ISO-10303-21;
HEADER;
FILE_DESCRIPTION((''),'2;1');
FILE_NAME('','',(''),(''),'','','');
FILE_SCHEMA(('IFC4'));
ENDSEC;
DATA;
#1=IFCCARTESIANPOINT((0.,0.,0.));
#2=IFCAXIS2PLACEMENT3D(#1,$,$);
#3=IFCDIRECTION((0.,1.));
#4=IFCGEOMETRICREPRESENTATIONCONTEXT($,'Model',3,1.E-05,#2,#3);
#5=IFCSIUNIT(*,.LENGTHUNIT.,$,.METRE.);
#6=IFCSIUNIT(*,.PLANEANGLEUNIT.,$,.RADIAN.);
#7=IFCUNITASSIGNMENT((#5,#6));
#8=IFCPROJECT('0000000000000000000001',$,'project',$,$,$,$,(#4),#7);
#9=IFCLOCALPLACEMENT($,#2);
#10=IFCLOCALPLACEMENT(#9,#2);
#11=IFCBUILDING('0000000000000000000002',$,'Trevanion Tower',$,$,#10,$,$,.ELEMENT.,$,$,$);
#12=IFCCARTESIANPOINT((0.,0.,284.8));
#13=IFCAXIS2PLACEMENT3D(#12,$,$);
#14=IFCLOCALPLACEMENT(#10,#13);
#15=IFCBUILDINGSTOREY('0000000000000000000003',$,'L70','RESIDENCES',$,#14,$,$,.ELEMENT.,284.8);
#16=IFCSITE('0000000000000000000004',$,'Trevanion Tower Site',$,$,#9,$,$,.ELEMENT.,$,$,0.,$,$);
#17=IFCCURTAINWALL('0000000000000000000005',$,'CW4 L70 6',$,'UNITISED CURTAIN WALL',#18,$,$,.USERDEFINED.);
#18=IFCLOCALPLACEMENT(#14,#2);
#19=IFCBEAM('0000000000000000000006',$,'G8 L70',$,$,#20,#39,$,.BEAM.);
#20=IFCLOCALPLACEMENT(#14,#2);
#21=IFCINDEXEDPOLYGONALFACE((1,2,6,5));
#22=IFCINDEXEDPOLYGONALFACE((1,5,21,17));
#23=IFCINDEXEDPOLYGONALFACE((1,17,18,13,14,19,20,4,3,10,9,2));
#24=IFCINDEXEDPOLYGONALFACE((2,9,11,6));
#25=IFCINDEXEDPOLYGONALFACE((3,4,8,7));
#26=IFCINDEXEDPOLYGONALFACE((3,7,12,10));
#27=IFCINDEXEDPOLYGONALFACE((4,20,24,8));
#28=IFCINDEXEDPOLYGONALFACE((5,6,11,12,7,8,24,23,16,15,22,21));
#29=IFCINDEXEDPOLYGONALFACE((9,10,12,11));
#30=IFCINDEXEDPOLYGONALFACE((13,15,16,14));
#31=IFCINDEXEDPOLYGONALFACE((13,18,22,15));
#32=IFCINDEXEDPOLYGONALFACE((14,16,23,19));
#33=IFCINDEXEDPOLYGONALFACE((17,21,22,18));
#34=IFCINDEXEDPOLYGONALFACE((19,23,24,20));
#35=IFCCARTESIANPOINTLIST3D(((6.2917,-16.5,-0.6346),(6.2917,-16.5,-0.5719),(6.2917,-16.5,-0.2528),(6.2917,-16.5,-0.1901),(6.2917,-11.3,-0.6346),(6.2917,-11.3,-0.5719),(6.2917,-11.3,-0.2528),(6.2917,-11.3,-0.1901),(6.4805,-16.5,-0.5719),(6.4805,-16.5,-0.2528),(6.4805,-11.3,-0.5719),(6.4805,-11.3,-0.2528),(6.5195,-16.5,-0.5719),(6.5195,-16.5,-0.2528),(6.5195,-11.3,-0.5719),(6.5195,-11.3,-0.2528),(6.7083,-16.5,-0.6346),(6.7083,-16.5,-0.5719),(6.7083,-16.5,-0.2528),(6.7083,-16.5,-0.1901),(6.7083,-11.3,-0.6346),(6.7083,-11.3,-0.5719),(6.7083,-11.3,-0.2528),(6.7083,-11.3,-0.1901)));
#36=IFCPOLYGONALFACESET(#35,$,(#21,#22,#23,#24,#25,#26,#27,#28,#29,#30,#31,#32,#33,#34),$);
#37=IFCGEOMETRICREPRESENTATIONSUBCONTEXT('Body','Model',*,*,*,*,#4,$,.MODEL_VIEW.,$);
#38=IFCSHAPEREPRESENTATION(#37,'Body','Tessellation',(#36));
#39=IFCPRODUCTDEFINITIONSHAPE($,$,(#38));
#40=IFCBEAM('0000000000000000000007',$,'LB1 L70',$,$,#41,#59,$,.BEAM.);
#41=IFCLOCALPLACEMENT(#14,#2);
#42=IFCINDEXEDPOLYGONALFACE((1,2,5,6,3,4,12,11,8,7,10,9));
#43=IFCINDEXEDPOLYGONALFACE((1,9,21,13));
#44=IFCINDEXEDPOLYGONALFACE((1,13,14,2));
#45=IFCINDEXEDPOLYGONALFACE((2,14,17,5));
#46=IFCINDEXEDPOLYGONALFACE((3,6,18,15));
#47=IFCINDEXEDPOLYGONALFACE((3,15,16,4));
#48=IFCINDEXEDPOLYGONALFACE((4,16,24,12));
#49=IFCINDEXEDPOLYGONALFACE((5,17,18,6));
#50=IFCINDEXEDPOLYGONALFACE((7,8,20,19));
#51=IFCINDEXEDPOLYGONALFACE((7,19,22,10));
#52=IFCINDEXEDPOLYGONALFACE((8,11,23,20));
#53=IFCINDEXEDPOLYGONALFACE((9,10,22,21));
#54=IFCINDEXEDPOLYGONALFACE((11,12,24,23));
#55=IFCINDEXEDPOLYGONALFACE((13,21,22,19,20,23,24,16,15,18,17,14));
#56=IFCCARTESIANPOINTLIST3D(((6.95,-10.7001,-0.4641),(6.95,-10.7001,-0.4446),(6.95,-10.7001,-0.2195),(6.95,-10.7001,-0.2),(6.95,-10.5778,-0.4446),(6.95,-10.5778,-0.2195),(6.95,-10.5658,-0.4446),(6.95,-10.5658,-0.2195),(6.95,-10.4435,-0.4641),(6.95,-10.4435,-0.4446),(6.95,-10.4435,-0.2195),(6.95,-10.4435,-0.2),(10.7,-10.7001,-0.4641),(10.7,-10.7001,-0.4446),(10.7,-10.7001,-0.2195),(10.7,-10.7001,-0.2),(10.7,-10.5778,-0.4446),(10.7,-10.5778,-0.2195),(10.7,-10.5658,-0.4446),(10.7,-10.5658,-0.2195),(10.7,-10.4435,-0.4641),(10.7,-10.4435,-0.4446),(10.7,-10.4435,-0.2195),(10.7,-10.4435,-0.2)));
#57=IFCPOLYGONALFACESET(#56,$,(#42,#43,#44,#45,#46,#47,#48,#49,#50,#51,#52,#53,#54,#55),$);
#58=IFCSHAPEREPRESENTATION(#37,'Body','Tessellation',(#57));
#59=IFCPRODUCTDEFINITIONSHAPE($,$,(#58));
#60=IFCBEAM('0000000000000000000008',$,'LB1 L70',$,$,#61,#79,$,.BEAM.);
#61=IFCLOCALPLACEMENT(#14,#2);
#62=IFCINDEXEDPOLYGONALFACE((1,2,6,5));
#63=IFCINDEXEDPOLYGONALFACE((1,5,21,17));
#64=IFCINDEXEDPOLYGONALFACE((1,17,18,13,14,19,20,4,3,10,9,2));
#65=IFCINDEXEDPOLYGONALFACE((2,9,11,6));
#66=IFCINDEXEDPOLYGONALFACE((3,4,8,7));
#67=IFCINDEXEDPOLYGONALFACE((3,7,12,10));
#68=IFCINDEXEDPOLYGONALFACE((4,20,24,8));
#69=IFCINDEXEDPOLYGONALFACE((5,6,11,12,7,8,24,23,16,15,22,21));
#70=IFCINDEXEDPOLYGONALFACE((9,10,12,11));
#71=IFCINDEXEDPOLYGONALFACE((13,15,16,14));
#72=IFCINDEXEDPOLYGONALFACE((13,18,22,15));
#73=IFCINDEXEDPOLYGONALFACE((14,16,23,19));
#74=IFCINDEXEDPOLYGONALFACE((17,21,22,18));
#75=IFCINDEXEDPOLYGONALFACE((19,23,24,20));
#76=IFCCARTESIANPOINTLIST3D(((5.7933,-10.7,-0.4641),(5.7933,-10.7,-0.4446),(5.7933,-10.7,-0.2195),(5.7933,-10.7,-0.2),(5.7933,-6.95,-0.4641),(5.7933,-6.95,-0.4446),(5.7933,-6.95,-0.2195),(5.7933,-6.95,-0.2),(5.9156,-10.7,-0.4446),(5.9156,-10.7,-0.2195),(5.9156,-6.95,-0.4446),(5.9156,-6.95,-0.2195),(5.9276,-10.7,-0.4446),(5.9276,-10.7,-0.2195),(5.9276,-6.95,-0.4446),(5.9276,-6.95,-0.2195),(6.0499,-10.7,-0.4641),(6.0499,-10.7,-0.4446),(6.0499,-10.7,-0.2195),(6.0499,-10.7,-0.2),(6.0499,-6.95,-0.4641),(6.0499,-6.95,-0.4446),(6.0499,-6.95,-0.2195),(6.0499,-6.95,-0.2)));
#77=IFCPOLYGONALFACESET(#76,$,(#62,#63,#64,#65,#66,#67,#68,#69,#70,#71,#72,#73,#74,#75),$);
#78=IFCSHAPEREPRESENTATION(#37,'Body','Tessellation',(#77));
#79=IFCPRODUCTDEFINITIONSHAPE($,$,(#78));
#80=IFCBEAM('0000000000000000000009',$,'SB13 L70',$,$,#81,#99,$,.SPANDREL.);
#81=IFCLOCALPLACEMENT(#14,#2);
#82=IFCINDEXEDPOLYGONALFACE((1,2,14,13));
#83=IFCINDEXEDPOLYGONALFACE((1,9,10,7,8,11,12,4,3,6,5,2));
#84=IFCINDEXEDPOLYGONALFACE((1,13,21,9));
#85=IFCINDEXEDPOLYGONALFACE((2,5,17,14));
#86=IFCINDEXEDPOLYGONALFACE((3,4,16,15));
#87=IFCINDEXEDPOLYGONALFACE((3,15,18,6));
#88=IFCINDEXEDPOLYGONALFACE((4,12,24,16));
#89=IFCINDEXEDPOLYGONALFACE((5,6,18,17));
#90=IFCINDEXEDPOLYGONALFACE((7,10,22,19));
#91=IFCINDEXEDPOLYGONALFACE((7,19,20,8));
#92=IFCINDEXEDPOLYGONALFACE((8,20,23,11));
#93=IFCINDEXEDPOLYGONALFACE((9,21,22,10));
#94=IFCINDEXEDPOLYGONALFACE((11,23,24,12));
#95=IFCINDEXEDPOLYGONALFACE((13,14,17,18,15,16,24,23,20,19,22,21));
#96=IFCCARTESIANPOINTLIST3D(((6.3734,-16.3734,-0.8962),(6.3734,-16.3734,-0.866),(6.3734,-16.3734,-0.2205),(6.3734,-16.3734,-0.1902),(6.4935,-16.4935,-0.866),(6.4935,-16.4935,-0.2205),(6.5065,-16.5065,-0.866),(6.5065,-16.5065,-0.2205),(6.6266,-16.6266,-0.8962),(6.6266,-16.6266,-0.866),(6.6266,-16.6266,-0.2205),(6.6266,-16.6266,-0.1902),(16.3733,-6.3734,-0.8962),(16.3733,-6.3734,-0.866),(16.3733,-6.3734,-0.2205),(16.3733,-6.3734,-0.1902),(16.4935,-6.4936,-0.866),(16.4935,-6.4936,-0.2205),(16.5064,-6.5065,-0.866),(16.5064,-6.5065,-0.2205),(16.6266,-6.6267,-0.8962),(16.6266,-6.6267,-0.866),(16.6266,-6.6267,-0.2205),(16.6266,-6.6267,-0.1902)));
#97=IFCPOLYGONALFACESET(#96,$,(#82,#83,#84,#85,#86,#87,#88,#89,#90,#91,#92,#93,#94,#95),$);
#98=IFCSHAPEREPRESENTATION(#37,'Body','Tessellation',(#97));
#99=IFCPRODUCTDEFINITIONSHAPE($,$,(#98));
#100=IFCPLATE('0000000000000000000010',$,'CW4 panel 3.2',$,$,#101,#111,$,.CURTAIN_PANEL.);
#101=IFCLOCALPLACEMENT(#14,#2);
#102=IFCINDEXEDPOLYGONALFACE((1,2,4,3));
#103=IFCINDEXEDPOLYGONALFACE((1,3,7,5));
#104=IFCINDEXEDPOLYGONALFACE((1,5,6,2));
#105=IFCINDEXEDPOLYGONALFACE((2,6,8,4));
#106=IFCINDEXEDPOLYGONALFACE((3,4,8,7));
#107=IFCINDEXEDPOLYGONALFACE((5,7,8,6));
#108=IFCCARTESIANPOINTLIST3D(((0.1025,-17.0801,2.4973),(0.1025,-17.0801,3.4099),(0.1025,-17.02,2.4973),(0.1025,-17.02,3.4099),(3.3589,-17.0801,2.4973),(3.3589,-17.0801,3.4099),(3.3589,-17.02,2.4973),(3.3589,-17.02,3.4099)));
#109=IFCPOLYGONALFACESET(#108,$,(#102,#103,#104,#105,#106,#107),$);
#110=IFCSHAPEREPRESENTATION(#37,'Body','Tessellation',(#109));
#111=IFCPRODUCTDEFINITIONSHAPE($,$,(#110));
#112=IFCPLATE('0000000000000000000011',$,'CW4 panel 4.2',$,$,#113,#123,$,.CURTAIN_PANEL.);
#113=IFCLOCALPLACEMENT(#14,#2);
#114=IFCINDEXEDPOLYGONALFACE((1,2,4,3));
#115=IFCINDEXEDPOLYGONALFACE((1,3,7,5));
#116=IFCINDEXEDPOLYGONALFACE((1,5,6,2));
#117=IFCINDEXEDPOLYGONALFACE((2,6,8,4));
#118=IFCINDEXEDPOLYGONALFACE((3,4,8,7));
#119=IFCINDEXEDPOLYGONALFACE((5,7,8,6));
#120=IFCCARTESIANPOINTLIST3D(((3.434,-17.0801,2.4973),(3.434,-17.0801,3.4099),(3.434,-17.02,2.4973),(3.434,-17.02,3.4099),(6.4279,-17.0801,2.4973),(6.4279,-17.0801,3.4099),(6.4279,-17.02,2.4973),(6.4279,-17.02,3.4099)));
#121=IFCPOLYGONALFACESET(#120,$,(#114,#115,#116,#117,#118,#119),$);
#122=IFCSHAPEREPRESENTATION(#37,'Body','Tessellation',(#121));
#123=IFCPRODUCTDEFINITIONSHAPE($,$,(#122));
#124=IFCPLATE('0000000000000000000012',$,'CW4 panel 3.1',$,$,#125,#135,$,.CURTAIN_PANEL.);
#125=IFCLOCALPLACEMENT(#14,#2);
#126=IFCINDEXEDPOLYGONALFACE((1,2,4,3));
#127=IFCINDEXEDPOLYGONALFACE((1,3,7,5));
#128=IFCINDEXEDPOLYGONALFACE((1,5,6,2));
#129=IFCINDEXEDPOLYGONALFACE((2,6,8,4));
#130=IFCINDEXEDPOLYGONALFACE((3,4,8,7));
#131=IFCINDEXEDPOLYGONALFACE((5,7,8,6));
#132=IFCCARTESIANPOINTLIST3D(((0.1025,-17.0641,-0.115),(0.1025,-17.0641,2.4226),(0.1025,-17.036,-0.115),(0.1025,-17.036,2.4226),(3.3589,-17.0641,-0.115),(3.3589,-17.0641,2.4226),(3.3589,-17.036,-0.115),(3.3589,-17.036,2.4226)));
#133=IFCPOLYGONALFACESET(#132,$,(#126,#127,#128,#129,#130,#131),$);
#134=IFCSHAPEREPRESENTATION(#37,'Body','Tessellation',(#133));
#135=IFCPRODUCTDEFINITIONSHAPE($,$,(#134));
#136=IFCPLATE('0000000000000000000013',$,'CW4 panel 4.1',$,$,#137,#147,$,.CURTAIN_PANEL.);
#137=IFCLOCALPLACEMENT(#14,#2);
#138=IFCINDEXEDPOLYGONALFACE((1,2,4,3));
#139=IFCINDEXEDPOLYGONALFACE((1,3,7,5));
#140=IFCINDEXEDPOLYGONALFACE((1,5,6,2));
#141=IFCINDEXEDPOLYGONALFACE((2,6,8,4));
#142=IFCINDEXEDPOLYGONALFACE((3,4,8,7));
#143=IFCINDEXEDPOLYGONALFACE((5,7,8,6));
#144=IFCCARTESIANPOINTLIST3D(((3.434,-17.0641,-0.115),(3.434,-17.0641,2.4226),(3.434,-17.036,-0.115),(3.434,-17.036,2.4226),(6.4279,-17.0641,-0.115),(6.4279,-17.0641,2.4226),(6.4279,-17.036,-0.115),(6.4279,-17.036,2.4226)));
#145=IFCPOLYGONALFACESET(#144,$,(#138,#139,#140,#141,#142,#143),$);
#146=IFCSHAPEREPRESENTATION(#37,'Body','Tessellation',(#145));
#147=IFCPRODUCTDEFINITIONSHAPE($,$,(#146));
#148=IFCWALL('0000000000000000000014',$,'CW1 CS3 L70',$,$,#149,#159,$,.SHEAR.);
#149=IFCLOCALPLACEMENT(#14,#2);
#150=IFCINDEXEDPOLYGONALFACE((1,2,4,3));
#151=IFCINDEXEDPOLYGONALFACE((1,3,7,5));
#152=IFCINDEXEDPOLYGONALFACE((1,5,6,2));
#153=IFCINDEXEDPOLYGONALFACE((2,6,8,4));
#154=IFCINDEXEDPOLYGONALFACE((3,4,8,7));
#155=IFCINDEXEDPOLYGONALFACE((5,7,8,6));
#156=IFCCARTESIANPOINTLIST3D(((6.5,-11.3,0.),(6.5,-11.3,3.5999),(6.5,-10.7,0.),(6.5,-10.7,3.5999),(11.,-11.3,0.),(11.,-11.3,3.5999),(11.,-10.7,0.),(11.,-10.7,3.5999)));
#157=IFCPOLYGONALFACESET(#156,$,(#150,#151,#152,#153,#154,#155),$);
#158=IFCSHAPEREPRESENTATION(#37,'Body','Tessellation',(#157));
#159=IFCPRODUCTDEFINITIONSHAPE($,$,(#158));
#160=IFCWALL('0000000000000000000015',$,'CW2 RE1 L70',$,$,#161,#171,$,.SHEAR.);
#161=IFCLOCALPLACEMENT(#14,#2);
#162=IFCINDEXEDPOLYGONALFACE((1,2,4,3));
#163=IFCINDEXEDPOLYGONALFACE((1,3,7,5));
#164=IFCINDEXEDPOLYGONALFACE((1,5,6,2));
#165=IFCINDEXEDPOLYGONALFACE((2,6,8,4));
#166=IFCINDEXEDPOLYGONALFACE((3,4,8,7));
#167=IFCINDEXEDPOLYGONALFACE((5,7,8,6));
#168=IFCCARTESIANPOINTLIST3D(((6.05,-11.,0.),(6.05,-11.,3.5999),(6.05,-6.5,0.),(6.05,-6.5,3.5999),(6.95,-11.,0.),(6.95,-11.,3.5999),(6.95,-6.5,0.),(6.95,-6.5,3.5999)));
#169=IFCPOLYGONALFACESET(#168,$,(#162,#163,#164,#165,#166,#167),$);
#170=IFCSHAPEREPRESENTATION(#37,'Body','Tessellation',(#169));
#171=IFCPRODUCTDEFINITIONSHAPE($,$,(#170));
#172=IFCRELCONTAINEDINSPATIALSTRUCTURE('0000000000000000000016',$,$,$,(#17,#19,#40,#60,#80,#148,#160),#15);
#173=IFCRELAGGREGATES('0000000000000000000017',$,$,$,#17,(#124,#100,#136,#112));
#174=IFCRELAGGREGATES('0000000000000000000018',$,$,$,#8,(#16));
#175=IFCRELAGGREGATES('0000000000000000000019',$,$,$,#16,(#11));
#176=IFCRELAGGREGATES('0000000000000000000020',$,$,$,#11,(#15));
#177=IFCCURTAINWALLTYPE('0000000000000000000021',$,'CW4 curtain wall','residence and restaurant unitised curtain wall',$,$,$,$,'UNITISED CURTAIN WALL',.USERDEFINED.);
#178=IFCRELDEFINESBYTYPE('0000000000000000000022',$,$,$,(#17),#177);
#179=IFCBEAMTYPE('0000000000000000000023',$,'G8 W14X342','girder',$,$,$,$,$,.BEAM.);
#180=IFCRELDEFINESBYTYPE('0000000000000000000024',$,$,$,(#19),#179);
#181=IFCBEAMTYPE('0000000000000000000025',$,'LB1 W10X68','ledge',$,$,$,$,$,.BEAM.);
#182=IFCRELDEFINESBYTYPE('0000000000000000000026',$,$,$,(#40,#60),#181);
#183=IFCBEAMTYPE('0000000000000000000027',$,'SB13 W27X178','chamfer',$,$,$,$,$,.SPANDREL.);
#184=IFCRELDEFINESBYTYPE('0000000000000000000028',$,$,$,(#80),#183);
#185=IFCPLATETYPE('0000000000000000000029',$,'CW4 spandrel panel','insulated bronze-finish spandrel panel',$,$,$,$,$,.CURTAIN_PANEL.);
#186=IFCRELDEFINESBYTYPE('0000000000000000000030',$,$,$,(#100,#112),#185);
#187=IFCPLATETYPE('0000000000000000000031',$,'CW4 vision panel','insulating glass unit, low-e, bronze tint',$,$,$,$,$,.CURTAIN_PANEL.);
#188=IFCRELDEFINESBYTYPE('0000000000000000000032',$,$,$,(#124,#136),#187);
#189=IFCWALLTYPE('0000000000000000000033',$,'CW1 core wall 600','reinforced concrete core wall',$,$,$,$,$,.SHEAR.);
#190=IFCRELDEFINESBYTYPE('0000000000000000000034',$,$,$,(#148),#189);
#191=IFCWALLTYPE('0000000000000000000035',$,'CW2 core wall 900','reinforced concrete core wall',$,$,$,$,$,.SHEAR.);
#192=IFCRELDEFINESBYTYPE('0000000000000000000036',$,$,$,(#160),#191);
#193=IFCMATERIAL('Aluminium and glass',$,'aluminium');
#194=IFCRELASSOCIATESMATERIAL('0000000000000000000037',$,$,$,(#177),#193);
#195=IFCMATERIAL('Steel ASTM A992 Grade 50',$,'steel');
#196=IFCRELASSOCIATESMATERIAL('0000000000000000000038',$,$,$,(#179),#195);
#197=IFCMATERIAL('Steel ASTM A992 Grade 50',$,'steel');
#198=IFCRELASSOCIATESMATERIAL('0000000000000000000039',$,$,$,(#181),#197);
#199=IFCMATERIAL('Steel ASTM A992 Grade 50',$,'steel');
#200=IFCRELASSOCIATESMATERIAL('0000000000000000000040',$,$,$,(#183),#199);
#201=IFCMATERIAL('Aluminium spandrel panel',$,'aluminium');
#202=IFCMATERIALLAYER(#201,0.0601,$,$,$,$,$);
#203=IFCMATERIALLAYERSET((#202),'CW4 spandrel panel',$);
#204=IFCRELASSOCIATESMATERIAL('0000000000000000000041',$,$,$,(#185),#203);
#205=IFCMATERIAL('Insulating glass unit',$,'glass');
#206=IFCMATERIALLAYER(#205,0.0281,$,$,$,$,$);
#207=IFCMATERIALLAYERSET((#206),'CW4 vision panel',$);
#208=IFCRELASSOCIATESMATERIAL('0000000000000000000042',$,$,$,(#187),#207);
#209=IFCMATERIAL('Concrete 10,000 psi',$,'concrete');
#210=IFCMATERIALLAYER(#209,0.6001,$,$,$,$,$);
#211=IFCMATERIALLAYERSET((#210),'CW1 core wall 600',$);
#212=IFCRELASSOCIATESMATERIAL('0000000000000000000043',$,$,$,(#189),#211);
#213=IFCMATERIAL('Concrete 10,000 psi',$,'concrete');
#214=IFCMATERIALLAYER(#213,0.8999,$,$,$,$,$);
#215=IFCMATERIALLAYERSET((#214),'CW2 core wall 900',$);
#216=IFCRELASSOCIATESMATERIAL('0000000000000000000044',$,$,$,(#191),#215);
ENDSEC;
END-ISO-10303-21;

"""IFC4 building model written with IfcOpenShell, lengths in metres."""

from ifc_helpers import new_model, si_unit, direction, frame, frame_2d, origin, origin_2d, place, context, subcontext, project, spatial, rectangle, i_section, extrude, material, layer, layer_set, material_profile, profile_set, type_object, element, aggregate, save


model = new_model("IFC4")

# Units and contexts
model_context = context("Model", 3, precision=1e-05, world=origin(), true_north=direction((0.0, 1.0)))
body_context = subcontext(model_context, "Body", "Model", "MODEL_VIEW")
ifc_project = project(units=[si_unit("LENGTHUNIT", "METRE"), si_unit("PLANEANGLEUNIT", "RADIAN")], contexts=[model_context])

# Site, building, storey
site_placement = place(None, origin())
site = spatial("IfcSite", under=ifc_project, at=site_placement, Name="Trevanion Tower Site", CompositionType="ELEMENT", RefElevation=0.0)
building_placement = place(site_placement, origin())
building = spatial("IfcBuilding", under=site, at=building_placement, Name="Trevanion Tower", CompositionType="ELEMENT")
storey_placement = place(building_placement, frame((0.0, 0.0, 284.8)))
storey = spatial("IfcBuildingStorey", under=building, at=storey_placement, Name="L70", Description="RESIDENCES", CompositionType="ELEMENT", Elevation=284.8)

# Curtain wall
ifc_material_1 = material(Name="Aluminium and glass", Category="aluminium")
curtain_wall_type = type_object("IfcCurtainWallType", Name="CW4 curtain wall", Description="residence and restaurant unitised curtain wall", ElementType="UNITISED CURTAIN WALL", PredefinedType="USERDEFINED", material=ifc_material_1)
curtain_wall_1_placement = place(storey_placement, origin())
curtain_wall_1 = element("IfcCurtainWall", 1, at=curtain_wall_1_placement, inside=storey, type_object=curtain_wall_type, Name="CW4 L70 6", ObjectType="UNITISED CURTAIN WALL", PredefinedType="USERDEFINED")

# Beams
ifc_material_2 = material(Name="Steel ASTM A992 Grade 50", Category="steel")
ifc_material_profile_1 = material_profile(ifc_material_2, i_section(OverallWidth=0.4165, OverallDepth=0.4446, WebThickness=0.0391, FlangeThickness=0.0627, at=origin_2d()), Name="W14X342")
ifc_profile_set_1 = profile_set([ifc_material_profile_1], Name="Steel ASTM A992 Grade 50")
beam_type_1 = type_object("IfcBeamType", Name="G8 W14X342", Description="girder", PredefinedType="BEAM", material=ifc_profile_set_1)
beam_1_placement = place(storey_placement, frame((6.5, -11.3, -0.4124), z_axis=(0.0, -1.0, 0.0), x_axis=(1.0, 0.0, 0.0)))
element("IfcBeam", 2, at=beam_1_placement, inside=storey, type_object=beam_type_1, Name="G8 L70", PredefinedType="BEAM", context=body_context, shape_type="SweptSolid", body=[
    extrude(i_section(OverallWidth=0.4165, OverallDepth=0.4446, WebThickness=0.0391, FlangeThickness=0.0627, at=origin_2d()), origin(), (0.0, 0.0, 1.0), 5.2),
])
ifc_material_3 = material(Name="Steel ASTM A992 Grade 50", Category="steel")
ifc_material_profile_2 = material_profile(ifc_material_3, i_section(OverallWidth=0.2566, OverallDepth=0.2642, WebThickness=0.012, FlangeThickness=0.0195, at=origin_2d()), Name="W10X68")
ifc_profile_set_2 = profile_set([ifc_material_profile_2], Name="Steel ASTM A992 Grade 50")
beam_type_2 = type_object("IfcBeamType", Name="LB1 W10X68", Description="ledge", PredefinedType="BEAM", material=ifc_profile_set_2)
for number, where, z_axis, x_axis, name in (
    (3, (6.95, -10.5718, -0.332), (1.0, 0.0, 0.0), (0.0, 1.0, 0.0), "LB1 L70"),
    (4, (5.9216, -10.7, -0.332), (0.0, 1.0, 0.0), (-1.0, 0.0, 0.0), "LB1 L70"),
):
    element("IfcBeam", number, at=place(storey_placement, frame(where, z_axis=z_axis, x_axis=x_axis)), inside=storey, type_object=beam_type_2, Name=name, PredefinedType="BEAM", context=body_context, shape_type="SweptSolid", body=[
        extrude(i_section(OverallWidth=0.2566, OverallDepth=0.2642, WebThickness=0.012, FlangeThickness=0.0195, at=origin_2d()), origin(), (0.0, 0.0, 1.0), 3.75),
    ])
ifc_material_4 = material(Name="Steel ASTM A992 Grade 50", Category="steel")
ifc_material_profile_3 = material_profile(ifc_material_4, i_section(OverallWidth=0.3582, OverallDepth=0.7061, WebThickness=0.0183, FlangeThickness=0.0303, at=origin_2d()), Name="W27X178")
ifc_profile_set_3 = profile_set([ifc_material_profile_3], Name="Steel ASTM A992 Grade 50")
beam_type_3 = type_object("IfcBeamType", Name="SB13 W27X178", Description="chamfer", PredefinedType="SPANDREL", material=ifc_profile_set_3)
beam_2_placement = place(storey_placement, frame((6.5, -16.5, -0.5432), z_axis=(0.707107, 0.707107, 0.0), x_axis=(-0.707107, 0.707107, 0.0)))
element("IfcBeam", 5, at=beam_2_placement, inside=storey, type_object=beam_type_3, Name="SB13 L70", PredefinedType="SPANDREL", context=body_context, shape_type="SweptSolid", body=[
    extrude(i_section(OverallWidth=0.3582, OverallDepth=0.7061, WebThickness=0.0183, FlangeThickness=0.0303, at=origin_2d()), origin(), (0.0, 0.0, 1.0), 14.1421),
])

# Plates
ifc_material_5 = material(Name="Aluminium spandrel panel", Category="aluminium")
ifc_layer_1 = layer(ifc_material_5, 0.0601)
ifc_layer_set_1 = layer_set([ifc_layer_1], Name="CW4 spandrel panel")
plate_type_1 = type_object("IfcPlateType", Name="CW4 spandrel panel", Description="insulated bronze-finish spandrel panel", PredefinedType="CURTAIN_PANEL", material=ifc_layer_set_1)
plate_1_placement = place(storey_placement, frame((1.7307, -17.05, 2.4973), z_axis=(0.0, 0.0, 1.0), x_axis=(1.0, 0.0, 0.0)))
plate_1 = element("IfcPlate", 6, at=plate_1_placement, type_object=plate_type_1, Name="CW4 panel 3.2", PredefinedType="CURTAIN_PANEL", context=body_context, shape_type="SweptSolid", body=[
    extrude(rectangle(XDim=3.2563, YDim=0.0601, at=origin_2d()), origin(), (0.0, 0.0, 1.0), 0.9126),
])
plate_2_placement = place(storey_placement, frame((4.9309, -17.05, 2.4973), z_axis=(0.0, 0.0, 1.0), x_axis=(1.0, 0.0, 0.0)))
plate_2 = element("IfcPlate", 7, at=plate_2_placement, type_object=plate_type_1, Name="CW4 panel 4.2", PredefinedType="CURTAIN_PANEL", context=body_context, shape_type="SweptSolid", body=[
    extrude(rectangle(XDim=2.9939, YDim=0.0601, at=origin_2d()), origin(), (0.0, 0.0, 1.0), 0.9126),
])
ifc_material_6 = material(Name="Insulating glass unit", Category="glass")
ifc_layer_2 = layer(ifc_material_6, 0.0281)
ifc_layer_set_2 = layer_set([ifc_layer_2], Name="CW4 vision panel")
plate_type_2 = type_object("IfcPlateType", Name="CW4 vision panel", Description="insulating glass unit, low-e, bronze tint", PredefinedType="CURTAIN_PANEL", material=ifc_layer_set_2)
plate_3_placement = place(storey_placement, frame((1.7307, -17.05, -0.115), z_axis=(0.0, 0.0, 1.0), x_axis=(1.0, 0.0, 0.0)))
plate_3 = element("IfcPlate", 8, at=plate_3_placement, type_object=plate_type_2, Name="CW4 panel 3.1", PredefinedType="CURTAIN_PANEL", context=body_context, shape_type="SweptSolid", body=[
    extrude(rectangle(XDim=3.2563, YDim=0.0281, at=origin_2d()), origin(), (0.0, 0.0, 1.0), 2.5376),
])
plate_4_placement = place(storey_placement, frame((4.9309, -17.05, -0.115), z_axis=(0.0, 0.0, 1.0), x_axis=(1.0, 0.0, 0.0)))
plate_4 = element("IfcPlate", 9, at=plate_4_placement, type_object=plate_type_2, Name="CW4 panel 4.1", PredefinedType="CURTAIN_PANEL", context=body_context, shape_type="SweptSolid", body=[
    extrude(rectangle(XDim=2.9939, YDim=0.0281, at=origin_2d()), origin(), (0.0, 0.0, 1.0), 2.5376),
])
aggregate(curtain_wall_1, [plate_3, plate_1, plate_4, plate_2])

# Walls
ifc_material_7 = material(Name="Concrete 10,000 psi", Category="concrete")
ifc_layer_3 = layer(ifc_material_7, 0.6001)
ifc_layer_set_3 = layer_set([ifc_layer_3], Name="CW1 core wall 600")
wall_type_1 = type_object("IfcWallType", Name="CW1 core wall 600", Description="reinforced concrete core wall", PredefinedType="SHEAR", material=ifc_layer_set_3)
wall_1_placement = place(storey_placement, frame((6.5, -11.0, 0.0), z_axis=(0.0, 0.0, 1.0), x_axis=(1.0, 0.0, 0.0)))
element("IfcWall", 10, at=wall_1_placement, inside=storey, type_object=wall_type_1, Name="CW1 CS3 L70", PredefinedType="SHEAR", context=body_context, shape_type="SweptSolid", body=[
    extrude(rectangle(XDim=4.5, YDim=0.6001, at=frame_2d((2.25, 0.0))), origin(), (0.0, 0.0, 1.0), 3.5999),
])
ifc_material_8 = material(Name="Concrete 10,000 psi", Category="concrete")
ifc_layer_4 = layer(ifc_material_8, 0.8999)
ifc_layer_set_4 = layer_set([ifc_layer_4], Name="CW2 core wall 900")
wall_type_2 = type_object("IfcWallType", Name="CW2 core wall 900", Description="reinforced concrete core wall", PredefinedType="SHEAR", material=ifc_layer_set_4)
wall_2_placement = place(storey_placement, frame((6.5, -11.0, 0.0), z_axis=(0.0, 0.0, 1.0), x_axis=(0.0, 1.0, 0.0)))
element("IfcWall", 11, at=wall_2_placement, inside=storey, type_object=wall_type_2, Name="CW2 RE1 L70", PredefinedType="SHEAR", context=body_context, shape_type="SweptSolid", body=[
    extrude(rectangle(XDim=4.5, YDim=0.8999, at=frame_2d((2.25, 0.0))), origin(), (0.0, 0.0, 1.0), 3.5999),
])

save(model, "model.ifc")
